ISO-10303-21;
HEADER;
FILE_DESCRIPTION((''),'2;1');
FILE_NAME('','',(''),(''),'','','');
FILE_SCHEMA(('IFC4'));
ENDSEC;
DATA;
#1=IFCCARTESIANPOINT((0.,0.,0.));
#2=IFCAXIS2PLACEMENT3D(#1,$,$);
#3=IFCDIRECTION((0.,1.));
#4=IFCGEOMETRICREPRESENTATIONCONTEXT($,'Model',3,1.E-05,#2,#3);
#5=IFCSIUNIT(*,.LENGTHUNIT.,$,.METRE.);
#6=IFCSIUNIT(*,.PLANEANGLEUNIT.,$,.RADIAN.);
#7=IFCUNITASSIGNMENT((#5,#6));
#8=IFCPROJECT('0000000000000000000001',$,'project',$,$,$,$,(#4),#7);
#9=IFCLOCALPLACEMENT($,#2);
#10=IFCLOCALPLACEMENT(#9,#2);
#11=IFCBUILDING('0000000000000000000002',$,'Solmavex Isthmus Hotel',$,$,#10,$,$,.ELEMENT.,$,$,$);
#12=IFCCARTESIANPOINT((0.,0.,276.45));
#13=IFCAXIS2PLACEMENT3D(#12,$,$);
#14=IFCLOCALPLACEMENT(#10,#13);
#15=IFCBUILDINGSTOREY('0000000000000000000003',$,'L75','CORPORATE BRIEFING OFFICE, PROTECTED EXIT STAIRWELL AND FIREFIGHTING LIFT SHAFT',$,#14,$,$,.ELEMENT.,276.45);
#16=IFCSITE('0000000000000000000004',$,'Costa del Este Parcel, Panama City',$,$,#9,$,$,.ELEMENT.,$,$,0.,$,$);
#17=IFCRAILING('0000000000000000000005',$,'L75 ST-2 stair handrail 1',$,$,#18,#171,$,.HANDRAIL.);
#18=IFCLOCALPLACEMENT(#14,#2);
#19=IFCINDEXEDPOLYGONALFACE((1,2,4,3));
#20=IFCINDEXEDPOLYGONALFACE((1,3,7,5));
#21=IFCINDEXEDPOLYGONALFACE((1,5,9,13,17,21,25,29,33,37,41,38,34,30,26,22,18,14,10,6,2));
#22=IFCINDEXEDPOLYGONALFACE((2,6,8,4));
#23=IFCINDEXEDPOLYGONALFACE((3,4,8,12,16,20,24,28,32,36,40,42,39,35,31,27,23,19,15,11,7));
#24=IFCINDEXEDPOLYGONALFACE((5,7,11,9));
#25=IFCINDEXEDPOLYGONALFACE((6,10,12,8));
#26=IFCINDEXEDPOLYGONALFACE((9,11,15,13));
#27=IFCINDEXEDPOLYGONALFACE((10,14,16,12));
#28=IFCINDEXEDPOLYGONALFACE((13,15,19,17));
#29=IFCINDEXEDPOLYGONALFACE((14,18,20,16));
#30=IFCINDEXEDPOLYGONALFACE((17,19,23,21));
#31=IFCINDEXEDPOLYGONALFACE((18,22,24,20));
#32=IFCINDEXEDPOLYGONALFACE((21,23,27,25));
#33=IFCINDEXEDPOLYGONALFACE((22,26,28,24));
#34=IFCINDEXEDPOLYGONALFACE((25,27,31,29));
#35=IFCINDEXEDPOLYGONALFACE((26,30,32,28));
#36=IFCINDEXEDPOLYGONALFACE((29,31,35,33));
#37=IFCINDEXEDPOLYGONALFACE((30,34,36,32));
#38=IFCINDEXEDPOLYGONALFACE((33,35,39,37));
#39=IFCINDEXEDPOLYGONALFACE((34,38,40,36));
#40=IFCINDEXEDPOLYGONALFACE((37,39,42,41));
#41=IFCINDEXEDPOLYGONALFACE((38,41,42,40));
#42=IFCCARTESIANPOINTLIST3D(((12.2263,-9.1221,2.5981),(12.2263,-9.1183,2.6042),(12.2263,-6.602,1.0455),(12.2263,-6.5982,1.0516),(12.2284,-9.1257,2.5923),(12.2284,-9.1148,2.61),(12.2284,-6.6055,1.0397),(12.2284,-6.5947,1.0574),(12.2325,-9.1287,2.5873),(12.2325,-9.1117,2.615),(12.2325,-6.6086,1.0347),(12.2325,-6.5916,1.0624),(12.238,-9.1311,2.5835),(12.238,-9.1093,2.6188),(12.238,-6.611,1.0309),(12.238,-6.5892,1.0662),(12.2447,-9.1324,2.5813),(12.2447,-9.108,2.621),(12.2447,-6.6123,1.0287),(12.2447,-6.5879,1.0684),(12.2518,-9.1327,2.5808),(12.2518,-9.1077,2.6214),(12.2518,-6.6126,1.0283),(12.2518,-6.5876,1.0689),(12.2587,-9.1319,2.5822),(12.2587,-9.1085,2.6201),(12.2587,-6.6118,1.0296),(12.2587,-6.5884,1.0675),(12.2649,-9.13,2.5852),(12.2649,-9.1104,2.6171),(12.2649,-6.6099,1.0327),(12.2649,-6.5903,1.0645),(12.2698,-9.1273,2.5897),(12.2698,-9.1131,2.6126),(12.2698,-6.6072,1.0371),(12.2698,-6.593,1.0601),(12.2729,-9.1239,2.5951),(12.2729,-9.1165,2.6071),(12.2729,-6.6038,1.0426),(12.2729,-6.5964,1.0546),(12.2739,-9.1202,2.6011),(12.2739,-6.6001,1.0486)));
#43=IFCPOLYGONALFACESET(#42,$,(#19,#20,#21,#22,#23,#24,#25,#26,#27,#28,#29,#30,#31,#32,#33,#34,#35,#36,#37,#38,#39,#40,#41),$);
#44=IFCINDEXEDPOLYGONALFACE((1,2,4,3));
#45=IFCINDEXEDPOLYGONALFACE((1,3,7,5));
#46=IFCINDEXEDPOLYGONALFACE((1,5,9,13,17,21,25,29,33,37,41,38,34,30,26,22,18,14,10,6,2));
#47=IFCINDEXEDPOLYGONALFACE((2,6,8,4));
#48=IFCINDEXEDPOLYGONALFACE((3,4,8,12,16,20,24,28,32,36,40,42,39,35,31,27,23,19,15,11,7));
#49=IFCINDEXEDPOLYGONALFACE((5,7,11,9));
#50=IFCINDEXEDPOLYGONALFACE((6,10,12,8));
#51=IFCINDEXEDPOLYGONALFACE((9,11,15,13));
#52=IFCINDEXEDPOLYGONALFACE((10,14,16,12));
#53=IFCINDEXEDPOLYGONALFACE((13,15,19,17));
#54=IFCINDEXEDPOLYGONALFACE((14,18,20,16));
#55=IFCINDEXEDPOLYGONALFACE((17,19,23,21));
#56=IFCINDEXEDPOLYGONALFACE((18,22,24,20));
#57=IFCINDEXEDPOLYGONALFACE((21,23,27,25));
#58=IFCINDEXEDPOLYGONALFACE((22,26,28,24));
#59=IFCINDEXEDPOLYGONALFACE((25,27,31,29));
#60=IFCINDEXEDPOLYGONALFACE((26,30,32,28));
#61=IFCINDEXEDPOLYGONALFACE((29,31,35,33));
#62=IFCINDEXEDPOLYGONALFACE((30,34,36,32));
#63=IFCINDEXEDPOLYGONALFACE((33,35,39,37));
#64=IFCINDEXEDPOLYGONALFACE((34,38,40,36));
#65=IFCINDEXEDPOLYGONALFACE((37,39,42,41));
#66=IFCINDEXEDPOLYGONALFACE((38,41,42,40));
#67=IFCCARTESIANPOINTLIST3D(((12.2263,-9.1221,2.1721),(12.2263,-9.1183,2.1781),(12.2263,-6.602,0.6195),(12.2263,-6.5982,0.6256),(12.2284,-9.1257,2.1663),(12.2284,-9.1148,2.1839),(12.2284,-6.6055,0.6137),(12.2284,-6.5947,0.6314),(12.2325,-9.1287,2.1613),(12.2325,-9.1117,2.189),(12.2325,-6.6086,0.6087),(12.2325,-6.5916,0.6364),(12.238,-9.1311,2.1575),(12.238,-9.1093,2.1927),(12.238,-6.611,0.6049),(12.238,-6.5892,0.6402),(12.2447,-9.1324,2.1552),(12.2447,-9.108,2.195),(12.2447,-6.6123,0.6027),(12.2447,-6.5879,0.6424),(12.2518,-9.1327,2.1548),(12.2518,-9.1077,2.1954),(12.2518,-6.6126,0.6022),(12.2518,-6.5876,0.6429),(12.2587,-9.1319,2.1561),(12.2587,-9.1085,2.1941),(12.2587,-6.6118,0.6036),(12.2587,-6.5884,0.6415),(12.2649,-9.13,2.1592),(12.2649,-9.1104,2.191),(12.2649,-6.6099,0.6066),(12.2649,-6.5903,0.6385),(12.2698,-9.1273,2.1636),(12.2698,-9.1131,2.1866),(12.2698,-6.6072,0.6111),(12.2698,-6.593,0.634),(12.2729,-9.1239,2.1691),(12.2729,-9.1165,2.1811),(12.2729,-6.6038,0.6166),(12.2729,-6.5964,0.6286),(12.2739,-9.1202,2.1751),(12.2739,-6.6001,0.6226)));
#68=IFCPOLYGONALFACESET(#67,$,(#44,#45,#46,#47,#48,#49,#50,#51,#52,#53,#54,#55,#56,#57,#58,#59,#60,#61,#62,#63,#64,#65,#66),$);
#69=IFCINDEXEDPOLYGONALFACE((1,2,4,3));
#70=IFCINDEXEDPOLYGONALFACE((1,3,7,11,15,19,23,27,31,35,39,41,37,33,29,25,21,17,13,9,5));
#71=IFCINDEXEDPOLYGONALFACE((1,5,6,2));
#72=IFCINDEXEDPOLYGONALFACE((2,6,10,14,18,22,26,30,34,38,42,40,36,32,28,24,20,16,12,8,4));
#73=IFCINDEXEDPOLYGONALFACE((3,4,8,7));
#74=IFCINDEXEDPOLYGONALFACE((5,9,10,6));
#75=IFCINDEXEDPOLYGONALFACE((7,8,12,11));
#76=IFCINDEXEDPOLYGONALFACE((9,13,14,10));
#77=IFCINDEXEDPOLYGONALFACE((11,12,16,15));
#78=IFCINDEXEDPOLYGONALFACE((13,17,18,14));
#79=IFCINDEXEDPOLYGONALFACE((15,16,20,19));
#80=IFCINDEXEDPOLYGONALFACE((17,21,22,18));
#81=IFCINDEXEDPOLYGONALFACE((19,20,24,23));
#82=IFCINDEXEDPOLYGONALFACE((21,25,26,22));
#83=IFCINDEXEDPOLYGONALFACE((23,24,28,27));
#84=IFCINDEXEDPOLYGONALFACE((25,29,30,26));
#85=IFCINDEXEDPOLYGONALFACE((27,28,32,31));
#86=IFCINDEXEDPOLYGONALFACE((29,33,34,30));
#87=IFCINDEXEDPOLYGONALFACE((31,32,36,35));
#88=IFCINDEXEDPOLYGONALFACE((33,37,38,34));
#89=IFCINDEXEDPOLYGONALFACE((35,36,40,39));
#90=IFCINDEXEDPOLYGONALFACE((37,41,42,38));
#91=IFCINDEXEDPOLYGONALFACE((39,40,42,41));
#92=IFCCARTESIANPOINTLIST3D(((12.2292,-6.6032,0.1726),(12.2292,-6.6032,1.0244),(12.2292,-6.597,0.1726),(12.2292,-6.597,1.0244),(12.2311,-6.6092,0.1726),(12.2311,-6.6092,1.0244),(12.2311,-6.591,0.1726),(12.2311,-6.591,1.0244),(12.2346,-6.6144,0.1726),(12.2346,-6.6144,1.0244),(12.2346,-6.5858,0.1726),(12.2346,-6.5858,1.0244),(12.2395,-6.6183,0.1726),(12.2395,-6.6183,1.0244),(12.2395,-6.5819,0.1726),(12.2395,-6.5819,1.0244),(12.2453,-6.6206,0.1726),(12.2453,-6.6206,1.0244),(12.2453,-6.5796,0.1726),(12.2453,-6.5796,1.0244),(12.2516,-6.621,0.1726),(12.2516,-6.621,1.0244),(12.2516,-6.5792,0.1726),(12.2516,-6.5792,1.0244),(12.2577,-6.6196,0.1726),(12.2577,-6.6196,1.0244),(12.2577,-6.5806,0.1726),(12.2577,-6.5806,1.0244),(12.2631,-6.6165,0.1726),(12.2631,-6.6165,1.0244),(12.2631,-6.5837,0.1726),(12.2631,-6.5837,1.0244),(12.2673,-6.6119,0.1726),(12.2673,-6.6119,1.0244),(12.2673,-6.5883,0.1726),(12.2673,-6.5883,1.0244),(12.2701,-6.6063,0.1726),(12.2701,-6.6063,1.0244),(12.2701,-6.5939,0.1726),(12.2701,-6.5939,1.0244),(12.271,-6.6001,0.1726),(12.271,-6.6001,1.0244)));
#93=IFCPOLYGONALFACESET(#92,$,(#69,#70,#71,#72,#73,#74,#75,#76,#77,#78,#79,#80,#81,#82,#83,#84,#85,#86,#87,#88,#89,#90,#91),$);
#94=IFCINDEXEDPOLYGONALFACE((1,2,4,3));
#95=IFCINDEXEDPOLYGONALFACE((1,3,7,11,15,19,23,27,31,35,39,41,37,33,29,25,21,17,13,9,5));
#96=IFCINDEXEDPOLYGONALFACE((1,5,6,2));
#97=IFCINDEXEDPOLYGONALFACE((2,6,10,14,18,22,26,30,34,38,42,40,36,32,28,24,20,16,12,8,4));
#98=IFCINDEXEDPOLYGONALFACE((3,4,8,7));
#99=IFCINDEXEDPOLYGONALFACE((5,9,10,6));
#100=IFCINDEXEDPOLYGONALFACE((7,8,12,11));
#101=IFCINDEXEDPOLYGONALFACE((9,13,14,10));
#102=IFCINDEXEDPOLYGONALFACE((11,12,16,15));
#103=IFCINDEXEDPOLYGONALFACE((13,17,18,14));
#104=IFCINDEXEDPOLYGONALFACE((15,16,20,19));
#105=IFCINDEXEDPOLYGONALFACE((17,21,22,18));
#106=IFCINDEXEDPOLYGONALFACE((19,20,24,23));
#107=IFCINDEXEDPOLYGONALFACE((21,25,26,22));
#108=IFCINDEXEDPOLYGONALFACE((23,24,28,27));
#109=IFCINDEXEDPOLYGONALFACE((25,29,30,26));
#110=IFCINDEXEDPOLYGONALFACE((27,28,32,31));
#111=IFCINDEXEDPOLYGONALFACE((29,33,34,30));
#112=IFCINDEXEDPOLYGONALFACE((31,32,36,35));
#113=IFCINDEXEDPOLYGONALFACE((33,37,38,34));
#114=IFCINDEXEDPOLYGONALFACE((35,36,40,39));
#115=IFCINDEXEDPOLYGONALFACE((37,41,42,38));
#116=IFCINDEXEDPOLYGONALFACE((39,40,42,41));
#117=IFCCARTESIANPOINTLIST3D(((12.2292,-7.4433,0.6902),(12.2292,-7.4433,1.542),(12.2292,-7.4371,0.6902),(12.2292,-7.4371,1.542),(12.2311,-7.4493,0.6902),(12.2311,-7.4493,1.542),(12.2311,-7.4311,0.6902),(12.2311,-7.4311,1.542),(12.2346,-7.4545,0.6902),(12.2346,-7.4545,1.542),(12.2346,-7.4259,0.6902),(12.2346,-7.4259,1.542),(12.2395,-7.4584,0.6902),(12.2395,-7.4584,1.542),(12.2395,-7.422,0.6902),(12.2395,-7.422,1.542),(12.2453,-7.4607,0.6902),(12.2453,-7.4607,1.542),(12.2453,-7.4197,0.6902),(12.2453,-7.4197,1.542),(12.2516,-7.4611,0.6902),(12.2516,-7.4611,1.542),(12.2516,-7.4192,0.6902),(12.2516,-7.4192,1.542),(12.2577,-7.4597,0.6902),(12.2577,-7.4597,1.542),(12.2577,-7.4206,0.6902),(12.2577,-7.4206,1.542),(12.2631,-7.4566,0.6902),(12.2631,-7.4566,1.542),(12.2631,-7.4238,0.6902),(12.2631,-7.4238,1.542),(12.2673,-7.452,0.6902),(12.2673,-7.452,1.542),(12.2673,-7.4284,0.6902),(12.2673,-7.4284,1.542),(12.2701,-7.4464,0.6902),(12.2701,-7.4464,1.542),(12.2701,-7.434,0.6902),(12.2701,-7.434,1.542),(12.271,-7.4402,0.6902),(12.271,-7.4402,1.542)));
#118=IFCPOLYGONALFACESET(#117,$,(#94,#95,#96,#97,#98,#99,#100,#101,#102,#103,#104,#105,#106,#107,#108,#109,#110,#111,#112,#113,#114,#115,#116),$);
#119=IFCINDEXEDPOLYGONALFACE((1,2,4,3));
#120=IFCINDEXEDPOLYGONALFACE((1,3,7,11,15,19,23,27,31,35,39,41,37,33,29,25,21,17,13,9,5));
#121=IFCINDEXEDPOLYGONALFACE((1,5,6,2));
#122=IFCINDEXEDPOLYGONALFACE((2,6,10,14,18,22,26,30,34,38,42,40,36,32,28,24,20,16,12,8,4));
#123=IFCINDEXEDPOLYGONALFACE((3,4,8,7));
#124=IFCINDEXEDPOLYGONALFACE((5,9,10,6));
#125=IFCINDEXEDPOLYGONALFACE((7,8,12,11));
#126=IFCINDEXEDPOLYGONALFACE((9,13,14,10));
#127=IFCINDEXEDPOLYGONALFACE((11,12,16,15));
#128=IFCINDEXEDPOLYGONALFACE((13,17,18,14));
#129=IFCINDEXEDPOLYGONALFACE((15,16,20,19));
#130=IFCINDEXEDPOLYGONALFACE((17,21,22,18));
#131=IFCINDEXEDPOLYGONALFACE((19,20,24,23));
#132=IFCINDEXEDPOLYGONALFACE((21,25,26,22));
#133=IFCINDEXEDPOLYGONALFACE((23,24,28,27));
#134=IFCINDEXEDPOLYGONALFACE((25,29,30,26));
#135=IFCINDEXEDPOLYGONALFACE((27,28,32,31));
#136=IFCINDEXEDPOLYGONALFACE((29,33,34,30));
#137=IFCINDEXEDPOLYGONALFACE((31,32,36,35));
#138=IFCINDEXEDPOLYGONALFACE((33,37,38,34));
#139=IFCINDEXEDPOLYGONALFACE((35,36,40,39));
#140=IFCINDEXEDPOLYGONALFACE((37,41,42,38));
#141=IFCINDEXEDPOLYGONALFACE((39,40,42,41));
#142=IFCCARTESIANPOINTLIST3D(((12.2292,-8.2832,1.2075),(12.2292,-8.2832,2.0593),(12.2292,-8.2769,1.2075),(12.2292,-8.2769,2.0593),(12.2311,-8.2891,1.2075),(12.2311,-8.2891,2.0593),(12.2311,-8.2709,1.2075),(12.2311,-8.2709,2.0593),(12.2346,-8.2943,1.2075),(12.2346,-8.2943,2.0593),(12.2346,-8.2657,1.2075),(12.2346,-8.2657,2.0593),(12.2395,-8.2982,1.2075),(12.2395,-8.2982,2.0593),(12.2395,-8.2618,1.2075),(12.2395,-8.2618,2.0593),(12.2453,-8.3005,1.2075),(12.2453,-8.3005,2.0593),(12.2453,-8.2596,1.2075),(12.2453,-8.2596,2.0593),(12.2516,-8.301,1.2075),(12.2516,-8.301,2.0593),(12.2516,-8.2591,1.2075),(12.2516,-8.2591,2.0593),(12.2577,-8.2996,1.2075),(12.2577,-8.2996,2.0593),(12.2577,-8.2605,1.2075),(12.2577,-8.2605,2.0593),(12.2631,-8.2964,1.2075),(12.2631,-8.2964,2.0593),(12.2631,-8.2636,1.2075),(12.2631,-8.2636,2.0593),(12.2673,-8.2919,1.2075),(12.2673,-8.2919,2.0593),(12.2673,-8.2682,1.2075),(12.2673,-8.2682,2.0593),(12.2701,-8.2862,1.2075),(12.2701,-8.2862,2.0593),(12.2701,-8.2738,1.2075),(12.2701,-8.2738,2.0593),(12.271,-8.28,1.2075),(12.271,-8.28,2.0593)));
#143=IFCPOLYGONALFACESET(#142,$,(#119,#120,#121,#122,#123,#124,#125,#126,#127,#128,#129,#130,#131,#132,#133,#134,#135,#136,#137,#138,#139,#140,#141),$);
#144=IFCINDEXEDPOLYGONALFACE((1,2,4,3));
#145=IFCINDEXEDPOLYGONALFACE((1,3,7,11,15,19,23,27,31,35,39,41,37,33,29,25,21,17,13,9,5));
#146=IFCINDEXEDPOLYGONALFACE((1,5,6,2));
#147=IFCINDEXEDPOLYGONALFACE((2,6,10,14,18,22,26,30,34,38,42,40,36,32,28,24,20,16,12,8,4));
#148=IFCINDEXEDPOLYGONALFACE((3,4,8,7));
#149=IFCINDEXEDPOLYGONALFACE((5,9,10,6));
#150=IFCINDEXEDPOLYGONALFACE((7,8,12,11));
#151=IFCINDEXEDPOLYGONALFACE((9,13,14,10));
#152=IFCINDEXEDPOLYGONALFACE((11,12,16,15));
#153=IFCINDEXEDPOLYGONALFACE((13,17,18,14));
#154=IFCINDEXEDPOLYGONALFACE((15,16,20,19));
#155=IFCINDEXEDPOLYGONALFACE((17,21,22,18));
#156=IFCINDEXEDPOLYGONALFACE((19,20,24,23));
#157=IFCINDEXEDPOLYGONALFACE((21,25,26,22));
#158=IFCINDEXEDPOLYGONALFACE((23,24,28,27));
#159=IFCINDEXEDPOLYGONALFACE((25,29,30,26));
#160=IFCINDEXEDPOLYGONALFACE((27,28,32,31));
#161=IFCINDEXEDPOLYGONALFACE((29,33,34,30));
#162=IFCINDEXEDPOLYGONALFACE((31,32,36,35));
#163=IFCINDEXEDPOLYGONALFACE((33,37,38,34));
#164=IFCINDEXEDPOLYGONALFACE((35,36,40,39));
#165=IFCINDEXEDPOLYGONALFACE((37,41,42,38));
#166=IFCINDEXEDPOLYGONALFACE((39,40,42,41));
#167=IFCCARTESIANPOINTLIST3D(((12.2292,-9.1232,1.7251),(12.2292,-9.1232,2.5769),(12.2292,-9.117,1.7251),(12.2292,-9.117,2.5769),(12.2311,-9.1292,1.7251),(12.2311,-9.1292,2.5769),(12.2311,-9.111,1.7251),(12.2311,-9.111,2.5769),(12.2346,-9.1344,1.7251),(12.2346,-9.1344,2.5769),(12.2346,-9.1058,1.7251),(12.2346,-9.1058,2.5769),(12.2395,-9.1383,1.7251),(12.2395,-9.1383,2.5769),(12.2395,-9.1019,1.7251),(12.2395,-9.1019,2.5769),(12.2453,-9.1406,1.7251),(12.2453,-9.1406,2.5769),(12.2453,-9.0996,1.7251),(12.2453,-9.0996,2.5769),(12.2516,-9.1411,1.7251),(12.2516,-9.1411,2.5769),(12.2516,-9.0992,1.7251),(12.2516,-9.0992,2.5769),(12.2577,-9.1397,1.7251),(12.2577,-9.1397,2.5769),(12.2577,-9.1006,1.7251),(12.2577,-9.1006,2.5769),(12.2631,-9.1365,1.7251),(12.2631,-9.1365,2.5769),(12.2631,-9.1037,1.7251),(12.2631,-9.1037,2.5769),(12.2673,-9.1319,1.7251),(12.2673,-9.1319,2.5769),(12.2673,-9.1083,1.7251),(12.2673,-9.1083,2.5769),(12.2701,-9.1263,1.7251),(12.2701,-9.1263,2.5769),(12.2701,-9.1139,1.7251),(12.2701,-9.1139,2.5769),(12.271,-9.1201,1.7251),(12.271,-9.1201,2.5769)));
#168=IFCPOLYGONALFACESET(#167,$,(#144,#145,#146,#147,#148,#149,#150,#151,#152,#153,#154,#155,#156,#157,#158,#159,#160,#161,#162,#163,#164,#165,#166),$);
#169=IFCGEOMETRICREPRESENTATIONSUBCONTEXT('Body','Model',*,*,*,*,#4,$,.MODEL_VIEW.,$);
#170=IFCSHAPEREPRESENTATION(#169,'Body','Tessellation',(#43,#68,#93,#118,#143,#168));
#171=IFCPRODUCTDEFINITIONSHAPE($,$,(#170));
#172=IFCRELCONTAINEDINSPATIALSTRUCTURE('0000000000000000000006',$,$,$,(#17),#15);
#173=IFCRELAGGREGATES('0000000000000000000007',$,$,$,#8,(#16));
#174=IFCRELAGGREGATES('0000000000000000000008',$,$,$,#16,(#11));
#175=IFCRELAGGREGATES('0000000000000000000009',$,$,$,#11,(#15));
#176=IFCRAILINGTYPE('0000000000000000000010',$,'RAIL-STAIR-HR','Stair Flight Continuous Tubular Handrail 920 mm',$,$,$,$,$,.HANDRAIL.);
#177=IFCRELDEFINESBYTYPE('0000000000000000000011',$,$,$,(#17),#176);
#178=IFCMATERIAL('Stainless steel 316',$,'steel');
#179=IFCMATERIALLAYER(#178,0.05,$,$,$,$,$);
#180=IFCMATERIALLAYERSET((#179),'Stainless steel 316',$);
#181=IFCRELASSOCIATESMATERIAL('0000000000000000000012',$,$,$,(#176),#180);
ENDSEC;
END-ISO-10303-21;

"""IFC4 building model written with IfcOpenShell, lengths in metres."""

from ifc_helpers import new_model, si_unit, direction, frame, origin, origin_2d, place, context, subcontext, project, spatial, circle, extrude, material, layer, layer_set, type_object, element, save


model = new_model("IFC4")

# Units and contexts
model_context = context("Model", 3, precision=1e-05, world=origin(), true_north=direction((0.0, 1.0)))
body_context = subcontext(model_context, "Body", "Model", "MODEL_VIEW")
ifc_project = project(units=[si_unit("LENGTHUNIT", "METRE"), si_unit("PLANEANGLEUNIT", "RADIAN")], contexts=[model_context])

# Site, building, storey
site_placement = place(None, origin())
site = spatial("IfcSite", under=ifc_project, at=site_placement, Name="Costa del Este Parcel, Panama City", CompositionType="ELEMENT", RefElevation=0.0)
building_placement = place(site_placement, origin())
building = spatial("IfcBuilding", under=site, at=building_placement, Name="Solmavex Isthmus Hotel", CompositionType="ELEMENT")
storey_placement = place(building_placement, frame((0.0, 0.0, 276.45)))
storey = spatial("IfcBuildingStorey", under=building, at=storey_placement, Name="L75", Description="CORPORATE BRIEFING OFFICE, PROTECTED EXIT STAIRWELL AND FIREFIGHTING LIFT SHAFT", CompositionType="ELEMENT", Elevation=276.45)

# Shared definitions
ifc_material_1 = material(Name="Stainless steel 316", Category="steel")

# Railing
ifc_layer_1 = layer(ifc_material_1, 0.05)
ifc_layer_set_1 = layer_set([ifc_layer_1], Name="Stainless steel 316")
railing_type_1 = type_object("IfcRailingType", Name="RAIL-STAIR-HR", Description="Stair Flight Continuous Tubular Handrail 920 mm", PredefinedType="HANDRAIL", material=ifc_layer_set_1)
railing_1_placement = place(storey_placement, frame((12.25, -6.6001, 0.1726)))
element("IfcRailing", 1, at=railing_1_placement, inside=storey, type_object=railing_type_1, Name="L75 ST-2 stair handrail 1", PredefinedType="HANDRAIL", context=body_context, shape_type="SweptSolid", body=[
    extrude(circle(Radius=0.0239, at=origin_2d()), frame((0.0, 0.0, 0.876), z_axis=(0.0, -0.8514, 0.524516), x_axis=(1.0, 0.0, 0.0)), (0.0, 0.0, 1.0), 2.96),
    extrude(circle(Radius=0.0239, at=origin_2d()), frame((0.0, 0.0, 0.45), z_axis=(0.0, -0.8514, 0.524516), x_axis=(1.0, 0.0, 0.0)), (0.0, 0.0, 1.0), 2.96),
    extrude(circle(Radius=0.021, at=origin_2d()), origin(), (0.0, 0.0, 1.0), 0.8518),
    extrude(circle(Radius=0.021, at=origin_2d()), frame((0.0, -0.8401, 0.5176)), (0.0, 0.0, 1.0), 0.8518),
    extrude(circle(Radius=0.021, at=origin_2d()), frame((0.0, -1.6799, 1.0349)), (0.0, 0.0, 1.0), 0.8518),
    extrude(circle(Radius=0.021, at=origin_2d()), frame((0.0, -2.52, 1.5525)), (0.0, 0.0, 1.0), 0.8518),
])

save(model, "model.ifc")
